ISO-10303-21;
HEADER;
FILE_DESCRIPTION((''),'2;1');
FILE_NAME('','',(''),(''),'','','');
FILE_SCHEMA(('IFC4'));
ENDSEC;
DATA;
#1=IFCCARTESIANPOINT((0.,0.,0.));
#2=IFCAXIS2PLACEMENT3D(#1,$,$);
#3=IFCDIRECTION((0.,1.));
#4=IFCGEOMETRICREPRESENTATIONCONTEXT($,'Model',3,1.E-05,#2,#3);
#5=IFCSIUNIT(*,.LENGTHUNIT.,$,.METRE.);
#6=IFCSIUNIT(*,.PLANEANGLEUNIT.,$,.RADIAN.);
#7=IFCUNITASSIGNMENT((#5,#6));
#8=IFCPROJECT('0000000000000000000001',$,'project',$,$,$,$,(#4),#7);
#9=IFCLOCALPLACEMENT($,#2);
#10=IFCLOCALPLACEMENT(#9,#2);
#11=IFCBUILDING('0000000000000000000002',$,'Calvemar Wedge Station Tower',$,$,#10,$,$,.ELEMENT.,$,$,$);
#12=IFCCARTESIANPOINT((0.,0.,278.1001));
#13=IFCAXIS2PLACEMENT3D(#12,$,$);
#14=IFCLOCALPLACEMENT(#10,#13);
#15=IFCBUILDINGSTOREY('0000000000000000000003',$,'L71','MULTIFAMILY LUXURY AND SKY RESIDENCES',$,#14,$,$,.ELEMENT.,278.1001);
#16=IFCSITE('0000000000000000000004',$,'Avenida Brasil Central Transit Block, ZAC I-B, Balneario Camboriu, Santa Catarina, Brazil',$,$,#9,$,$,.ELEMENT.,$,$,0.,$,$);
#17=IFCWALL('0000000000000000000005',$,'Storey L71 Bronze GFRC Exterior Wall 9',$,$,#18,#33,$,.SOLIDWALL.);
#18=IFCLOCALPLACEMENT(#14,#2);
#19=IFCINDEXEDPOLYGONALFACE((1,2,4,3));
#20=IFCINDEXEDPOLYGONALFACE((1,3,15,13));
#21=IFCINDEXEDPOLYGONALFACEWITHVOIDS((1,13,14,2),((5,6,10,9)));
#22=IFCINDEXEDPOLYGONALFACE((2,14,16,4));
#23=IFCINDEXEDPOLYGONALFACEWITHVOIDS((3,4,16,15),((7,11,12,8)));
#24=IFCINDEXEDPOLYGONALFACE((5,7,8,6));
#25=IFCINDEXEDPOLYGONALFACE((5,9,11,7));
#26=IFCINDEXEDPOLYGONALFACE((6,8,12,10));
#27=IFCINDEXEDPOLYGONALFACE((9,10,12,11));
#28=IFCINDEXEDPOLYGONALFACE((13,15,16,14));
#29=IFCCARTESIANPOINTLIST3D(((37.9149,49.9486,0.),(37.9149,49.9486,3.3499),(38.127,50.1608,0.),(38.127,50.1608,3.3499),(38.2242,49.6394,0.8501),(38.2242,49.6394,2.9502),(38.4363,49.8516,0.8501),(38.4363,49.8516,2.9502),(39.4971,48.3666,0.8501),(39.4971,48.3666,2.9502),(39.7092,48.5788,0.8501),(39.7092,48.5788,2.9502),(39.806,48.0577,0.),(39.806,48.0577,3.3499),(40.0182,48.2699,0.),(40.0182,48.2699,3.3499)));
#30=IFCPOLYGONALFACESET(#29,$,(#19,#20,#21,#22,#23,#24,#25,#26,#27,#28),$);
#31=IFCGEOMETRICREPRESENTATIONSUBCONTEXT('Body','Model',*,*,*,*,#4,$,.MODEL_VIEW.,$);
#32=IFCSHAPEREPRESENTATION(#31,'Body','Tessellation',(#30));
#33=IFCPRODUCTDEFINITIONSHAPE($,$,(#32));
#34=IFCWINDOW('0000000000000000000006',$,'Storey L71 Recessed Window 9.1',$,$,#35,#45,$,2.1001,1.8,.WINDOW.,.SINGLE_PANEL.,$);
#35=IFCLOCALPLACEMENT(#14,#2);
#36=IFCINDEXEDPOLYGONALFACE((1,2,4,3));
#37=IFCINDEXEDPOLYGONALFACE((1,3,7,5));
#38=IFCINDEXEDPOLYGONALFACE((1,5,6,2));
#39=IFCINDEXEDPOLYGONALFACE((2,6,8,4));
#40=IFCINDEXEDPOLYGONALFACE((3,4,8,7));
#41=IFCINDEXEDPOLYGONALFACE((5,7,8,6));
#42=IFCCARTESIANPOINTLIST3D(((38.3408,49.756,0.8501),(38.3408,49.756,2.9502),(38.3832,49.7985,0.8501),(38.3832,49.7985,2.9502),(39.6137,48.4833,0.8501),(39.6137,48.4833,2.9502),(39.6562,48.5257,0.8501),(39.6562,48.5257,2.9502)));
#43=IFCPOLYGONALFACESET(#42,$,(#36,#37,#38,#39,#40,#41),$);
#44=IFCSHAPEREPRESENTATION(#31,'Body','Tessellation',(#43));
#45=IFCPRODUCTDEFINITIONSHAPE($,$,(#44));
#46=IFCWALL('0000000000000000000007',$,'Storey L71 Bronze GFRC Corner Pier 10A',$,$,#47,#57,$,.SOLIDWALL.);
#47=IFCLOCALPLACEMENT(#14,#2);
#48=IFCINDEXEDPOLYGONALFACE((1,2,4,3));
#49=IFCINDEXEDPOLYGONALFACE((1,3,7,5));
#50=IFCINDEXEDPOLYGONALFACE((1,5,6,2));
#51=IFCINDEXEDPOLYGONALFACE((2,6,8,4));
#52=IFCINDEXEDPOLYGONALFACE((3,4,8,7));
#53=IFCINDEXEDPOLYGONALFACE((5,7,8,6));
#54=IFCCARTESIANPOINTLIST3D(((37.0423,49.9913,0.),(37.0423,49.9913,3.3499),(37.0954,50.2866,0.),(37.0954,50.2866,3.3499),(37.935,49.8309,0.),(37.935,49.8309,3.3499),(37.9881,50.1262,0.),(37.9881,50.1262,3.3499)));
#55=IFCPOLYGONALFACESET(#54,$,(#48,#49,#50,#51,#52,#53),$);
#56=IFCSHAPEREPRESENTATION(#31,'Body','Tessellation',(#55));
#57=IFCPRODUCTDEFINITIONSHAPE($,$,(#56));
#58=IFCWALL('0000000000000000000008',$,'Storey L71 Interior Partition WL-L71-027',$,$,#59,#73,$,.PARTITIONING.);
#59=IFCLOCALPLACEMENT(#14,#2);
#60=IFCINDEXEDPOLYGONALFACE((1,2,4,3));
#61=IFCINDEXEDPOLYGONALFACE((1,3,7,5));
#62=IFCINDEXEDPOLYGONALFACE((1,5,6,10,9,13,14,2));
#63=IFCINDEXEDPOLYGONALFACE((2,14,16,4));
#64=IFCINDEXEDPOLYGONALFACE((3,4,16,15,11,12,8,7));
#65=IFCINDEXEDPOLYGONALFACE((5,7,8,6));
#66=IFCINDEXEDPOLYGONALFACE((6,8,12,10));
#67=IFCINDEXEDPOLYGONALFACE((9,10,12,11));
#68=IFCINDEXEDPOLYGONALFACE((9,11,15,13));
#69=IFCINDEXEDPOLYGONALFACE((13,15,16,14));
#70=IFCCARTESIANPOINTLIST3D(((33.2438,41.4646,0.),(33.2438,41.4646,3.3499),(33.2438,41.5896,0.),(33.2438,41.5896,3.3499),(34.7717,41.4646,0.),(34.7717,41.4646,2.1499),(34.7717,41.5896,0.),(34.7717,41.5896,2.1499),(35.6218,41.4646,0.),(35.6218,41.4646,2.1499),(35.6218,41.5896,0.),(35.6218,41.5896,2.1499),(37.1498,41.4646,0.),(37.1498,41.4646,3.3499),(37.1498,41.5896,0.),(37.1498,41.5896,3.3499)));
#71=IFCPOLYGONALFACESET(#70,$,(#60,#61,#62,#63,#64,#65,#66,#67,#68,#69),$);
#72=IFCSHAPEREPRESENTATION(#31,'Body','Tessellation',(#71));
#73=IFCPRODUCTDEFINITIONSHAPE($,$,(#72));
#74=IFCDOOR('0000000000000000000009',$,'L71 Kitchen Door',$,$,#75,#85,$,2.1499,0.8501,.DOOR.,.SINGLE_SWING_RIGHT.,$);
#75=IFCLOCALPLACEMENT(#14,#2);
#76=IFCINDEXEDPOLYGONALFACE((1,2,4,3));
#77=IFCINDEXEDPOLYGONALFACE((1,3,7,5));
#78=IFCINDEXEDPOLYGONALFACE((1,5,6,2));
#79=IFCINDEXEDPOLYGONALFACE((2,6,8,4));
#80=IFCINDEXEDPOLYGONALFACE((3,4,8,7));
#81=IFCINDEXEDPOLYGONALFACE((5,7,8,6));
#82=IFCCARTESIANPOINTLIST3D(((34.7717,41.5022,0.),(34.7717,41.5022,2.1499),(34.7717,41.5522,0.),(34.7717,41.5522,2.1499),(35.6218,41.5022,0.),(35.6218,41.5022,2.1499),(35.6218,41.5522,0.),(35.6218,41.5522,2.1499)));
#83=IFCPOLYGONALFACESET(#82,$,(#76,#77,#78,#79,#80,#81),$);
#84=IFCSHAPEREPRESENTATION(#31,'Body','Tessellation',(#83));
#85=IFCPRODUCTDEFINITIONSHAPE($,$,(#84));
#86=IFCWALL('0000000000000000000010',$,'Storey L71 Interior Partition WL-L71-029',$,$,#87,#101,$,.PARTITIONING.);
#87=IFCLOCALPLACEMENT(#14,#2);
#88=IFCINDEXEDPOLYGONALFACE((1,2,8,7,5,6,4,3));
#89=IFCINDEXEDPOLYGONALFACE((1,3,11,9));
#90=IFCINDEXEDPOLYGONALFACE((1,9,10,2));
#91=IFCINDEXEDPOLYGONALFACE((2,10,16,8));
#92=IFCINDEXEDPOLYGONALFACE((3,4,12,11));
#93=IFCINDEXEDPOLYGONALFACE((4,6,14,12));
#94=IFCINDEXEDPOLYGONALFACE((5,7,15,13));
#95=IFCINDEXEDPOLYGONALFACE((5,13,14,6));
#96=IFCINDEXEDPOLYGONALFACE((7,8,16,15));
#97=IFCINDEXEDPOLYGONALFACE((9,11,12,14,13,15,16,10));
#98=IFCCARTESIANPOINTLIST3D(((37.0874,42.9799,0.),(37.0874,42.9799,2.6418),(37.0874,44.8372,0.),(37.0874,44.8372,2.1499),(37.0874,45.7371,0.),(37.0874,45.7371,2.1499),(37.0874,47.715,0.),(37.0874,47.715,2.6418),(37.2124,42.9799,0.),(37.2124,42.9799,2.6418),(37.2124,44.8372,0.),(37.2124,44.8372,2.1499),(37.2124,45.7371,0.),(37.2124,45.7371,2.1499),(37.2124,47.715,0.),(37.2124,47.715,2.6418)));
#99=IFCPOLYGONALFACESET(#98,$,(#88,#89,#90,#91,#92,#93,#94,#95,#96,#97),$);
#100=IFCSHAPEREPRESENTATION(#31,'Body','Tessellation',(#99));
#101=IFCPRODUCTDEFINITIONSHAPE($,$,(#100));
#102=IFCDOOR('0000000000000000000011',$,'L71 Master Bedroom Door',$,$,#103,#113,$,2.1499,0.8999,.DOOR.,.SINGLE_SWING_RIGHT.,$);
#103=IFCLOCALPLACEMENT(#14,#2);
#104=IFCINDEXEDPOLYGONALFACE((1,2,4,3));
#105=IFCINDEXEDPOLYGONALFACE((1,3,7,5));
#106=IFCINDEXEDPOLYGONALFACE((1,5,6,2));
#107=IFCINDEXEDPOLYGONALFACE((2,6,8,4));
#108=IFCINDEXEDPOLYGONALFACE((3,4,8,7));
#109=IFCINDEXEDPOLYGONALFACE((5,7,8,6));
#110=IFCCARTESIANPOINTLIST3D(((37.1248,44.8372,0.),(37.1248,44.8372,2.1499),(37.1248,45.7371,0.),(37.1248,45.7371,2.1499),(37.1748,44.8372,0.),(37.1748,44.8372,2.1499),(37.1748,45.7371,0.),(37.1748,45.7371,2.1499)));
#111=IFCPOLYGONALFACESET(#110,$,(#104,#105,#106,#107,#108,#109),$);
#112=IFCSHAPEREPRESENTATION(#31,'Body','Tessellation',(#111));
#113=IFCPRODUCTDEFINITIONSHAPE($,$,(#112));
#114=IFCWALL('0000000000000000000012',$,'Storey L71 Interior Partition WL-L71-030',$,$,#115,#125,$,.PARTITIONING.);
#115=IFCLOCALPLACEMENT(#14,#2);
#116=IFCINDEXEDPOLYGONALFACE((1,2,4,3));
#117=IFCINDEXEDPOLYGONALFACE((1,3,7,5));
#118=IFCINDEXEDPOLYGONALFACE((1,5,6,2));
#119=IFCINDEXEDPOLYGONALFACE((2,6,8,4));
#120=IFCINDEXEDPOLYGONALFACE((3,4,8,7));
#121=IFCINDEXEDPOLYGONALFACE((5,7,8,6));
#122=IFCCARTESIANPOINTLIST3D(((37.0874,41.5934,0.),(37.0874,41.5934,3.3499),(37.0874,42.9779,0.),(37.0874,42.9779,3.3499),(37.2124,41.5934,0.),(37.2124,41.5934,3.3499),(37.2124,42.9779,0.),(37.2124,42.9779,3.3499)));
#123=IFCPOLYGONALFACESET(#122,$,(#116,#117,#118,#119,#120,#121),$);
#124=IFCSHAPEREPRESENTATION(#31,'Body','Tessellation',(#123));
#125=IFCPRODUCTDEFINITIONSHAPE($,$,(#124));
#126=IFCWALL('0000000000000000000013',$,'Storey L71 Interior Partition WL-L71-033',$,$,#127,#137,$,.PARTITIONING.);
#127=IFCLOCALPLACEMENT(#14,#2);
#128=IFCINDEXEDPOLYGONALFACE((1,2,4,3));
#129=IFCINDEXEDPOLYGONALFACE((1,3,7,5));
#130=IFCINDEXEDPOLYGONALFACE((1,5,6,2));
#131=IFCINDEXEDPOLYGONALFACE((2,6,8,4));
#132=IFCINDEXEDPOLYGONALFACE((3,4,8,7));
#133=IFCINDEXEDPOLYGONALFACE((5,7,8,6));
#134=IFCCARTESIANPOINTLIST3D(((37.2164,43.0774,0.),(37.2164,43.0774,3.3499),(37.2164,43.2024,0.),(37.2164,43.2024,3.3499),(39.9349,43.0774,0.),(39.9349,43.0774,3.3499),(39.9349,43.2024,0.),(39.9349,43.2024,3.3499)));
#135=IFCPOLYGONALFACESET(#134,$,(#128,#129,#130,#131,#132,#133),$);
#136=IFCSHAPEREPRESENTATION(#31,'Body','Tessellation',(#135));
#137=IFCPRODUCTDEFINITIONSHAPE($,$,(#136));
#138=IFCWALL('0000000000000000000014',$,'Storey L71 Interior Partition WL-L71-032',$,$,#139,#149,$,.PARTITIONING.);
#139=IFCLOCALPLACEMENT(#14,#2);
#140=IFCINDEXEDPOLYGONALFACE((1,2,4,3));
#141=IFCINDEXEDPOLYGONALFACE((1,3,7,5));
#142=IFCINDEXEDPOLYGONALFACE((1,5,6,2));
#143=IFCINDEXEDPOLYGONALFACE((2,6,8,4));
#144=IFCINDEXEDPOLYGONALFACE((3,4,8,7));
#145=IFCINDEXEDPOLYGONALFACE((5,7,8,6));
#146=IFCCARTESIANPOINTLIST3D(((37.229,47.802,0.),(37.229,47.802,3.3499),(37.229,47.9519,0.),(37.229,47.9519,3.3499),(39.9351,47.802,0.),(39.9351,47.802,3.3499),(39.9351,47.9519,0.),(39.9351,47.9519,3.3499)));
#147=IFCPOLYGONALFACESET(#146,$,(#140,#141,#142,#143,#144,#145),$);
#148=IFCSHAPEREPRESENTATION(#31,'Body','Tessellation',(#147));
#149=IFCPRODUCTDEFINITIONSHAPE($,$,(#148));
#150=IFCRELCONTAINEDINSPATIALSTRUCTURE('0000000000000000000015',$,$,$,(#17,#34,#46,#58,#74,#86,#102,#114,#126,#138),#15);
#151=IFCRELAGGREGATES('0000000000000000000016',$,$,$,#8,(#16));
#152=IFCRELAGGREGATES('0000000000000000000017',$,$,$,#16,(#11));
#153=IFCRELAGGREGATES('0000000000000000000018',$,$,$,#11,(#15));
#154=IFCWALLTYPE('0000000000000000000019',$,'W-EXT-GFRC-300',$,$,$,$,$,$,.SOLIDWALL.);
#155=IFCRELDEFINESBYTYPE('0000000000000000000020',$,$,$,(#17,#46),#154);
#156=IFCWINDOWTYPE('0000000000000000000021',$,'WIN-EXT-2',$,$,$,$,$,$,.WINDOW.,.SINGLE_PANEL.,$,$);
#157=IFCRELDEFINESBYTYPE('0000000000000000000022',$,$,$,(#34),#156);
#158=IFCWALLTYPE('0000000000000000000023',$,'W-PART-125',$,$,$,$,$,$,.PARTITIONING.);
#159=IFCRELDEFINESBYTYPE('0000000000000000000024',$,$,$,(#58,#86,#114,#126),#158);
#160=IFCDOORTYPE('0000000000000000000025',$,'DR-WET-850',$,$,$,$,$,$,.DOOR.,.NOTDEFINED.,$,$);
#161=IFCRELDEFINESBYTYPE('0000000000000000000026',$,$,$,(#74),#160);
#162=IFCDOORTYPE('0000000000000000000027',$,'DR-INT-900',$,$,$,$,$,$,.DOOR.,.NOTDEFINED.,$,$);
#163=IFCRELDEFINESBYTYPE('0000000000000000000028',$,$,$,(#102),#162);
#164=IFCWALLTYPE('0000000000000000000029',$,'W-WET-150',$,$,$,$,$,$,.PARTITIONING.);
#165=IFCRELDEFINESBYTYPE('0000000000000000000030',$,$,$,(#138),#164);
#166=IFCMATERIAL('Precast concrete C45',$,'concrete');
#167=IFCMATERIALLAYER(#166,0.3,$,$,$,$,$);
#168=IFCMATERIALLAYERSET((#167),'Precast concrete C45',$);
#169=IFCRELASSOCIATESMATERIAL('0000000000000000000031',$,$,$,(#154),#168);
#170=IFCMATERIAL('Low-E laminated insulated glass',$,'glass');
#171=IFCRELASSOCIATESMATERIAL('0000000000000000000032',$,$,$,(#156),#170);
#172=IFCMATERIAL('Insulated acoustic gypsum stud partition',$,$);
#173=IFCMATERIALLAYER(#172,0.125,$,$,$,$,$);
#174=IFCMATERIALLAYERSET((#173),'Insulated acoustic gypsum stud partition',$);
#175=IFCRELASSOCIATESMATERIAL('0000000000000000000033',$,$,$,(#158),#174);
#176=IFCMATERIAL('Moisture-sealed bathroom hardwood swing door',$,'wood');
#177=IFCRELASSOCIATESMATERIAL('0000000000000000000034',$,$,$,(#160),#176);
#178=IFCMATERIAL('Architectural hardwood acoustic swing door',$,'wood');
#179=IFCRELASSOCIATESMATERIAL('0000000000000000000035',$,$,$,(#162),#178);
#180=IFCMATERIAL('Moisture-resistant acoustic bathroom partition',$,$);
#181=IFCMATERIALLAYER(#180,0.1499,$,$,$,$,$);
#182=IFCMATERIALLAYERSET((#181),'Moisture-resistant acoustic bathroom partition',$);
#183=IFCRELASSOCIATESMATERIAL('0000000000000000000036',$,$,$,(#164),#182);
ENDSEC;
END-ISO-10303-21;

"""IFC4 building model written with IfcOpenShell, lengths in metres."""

from ifc_helpers import new_model, si_unit, direction, frame, frame_2d, origin, place, context, subcontext, project, spatial, rectangle, extrude, source, transform, mapped, material, layer, layer_set, type_object, element, fill, save


model = new_model("IFC4")

# Units and contexts
model_context = context("Model", 3, precision=1e-05, world=origin(), true_north=direction((0.0, 1.0)))
body_context = subcontext(model_context, "Body", "Model", "MODEL_VIEW")
ifc_project = project(units=[si_unit("LENGTHUNIT", "METRE"), si_unit("PLANEANGLEUNIT", "RADIAN")], contexts=[model_context])

# Site, building, storey
site_placement = place(None, origin())
site = spatial("IfcSite", under=ifc_project, at=site_placement, Name="Avenida Brasil Central Transit Block, ZAC I-B, Balneario Camboriu, Santa Catarina, Brazil", CompositionType="ELEMENT", RefElevation=0.0)
building_placement = place(site_placement, origin())
building = spatial("IfcBuilding", under=site, at=building_placement, Name="Calvemar Wedge Station Tower", CompositionType="ELEMENT")
storey_placement = place(building_placement, frame((0.0, 0.0, 278.1001)))
storey = spatial("IfcBuildingStorey", under=building, at=storey_placement, Name="L71", Description="MULTIFAMILY LUXURY AND SKY RESIDENCES", CompositionType="ELEMENT", Elevation=278.1001)

# Shared definitions
ifc_material_1 = material(Name="Low-E laminated insulated glass", Category="glass")

# Wall, opening, window
ifc_material_2 = material(Name="Precast concrete C45", Category="concrete")
ifc_layer_1 = layer(ifc_material_2, 0.3)
ifc_layer_set_1 = layer_set([ifc_layer_1], Name="Precast concrete C45")
wall_type_1 = type_object("IfcWallType", Name="W-EXT-GFRC-300", PredefinedType="SOLIDWALL", material=ifc_layer_set_1)
wall_1_placement = place(storey_placement, frame((39.9121, 48.1638, 0.0), z_axis=(0.0, 0.0, 1.0), x_axis=(-0.707152, 0.707061, 0.0)))
wall_1 = element("IfcWall", 1, at=wall_1_placement, inside=storey, type_object=wall_type_1, Name="Storey L71 Bronze GFRC Exterior Wall 9", PredefinedType="SOLIDWALL", context=body_context, shape_type="SweptSolid", body=[
    extrude(rectangle(XDim=2.6743, YDim=0.3, at=frame_2d((1.3372, 0.0))), origin(), (0.0, 0.0, 1.0), 3.3499),
])
shared_shape_1 = source(origin(), body_context, "Body", "SweptSolid", [
    extrude(rectangle(XDim=1.8, YDim=2.1001, at=frame_2d((0.8999, 1.05))), frame((0.0, 0.1602, 0.0), z_axis=(0.0, -1.0, 0.0), x_axis=(1.0, 0.0, 0.0)), (0.0, 0.0, 1.0), 0.3201),
])
opening_1_placement = place(wall_1_placement, frame((0.437, 0.0, 0.8501)))
opening_1 = element("IfcOpeningElement", 2, at=opening_1_placement, cuts=wall_1, PredefinedType="OPENING", context=body_context, shape_type="MappedRepresentation", body=[
    mapped(shared_shape_1, transform((0.0, 0.0, 0.0), scale=1.0)),
])
window_type = type_object("IfcWindowType", Name="WIN-EXT-2", PartitioningType="SINGLE_PANEL", PredefinedType="WINDOW", material=ifc_material_1)
shared_shape_2 = source(origin(), body_context, "Body", "SweptSolid", [
    extrude(rectangle(XDim=1.8, YDim=2.1001, at=frame_2d((0.8999, 1.05))), frame((0.0, -0.0149, 0.0), z_axis=(0.0, -1.0, 0.0), x_axis=(1.0, 0.0, 0.0)), (0.0, 0.0, 1.0), 0.0601),
])
window_placement = place(opening_1_placement, origin())
window = element("IfcWindow", 3, at=window_placement, inside=storey, type_object=window_type, Name="Storey L71 Recessed Window 9.1", OverallHeight=2.1001, OverallWidth=1.8, PartitioningType="SINGLE_PANEL", PredefinedType="WINDOW", context=body_context, shape_type="MappedRepresentation", body=[
    mapped(shared_shape_2, transform((0.0, 0.0, 0.0), scale=1.0)),
])
fill(opening_1, window)

# Wall
wall_2_placement = place(storey_placement, frame((37.9617, 49.9785, 0.0), z_axis=(0.0, 0.0, 1.0), x_axis=(-0.984234, 0.176871, 0.0)))
element("IfcWall", 4, at=wall_2_placement, inside=storey, type_object=wall_type_1, Name="Storey L71 Bronze GFRC Corner Pier 10A", PredefinedType="SOLIDWALL", context=body_context, shape_type="SweptSolid", body=[
    extrude(rectangle(XDim=0.907, YDim=0.3, at=frame_2d((0.4536, 0.0))), origin(), (0.0, 0.0, 1.0), 3.3499),
])

# Walls, openings, doors
ifc_material_3 = material(Name="Insulated acoustic gypsum stud partition")
ifc_layer_2 = layer(ifc_material_3, 0.125)
ifc_layer_set_2 = layer_set([ifc_layer_2], Name="Insulated acoustic gypsum stud partition")
wall_type_2 = type_object("IfcWallType", Name="W-PART-125", PredefinedType="PARTITIONING", material=ifc_layer_set_2)
wall_3_placement = place(storey_placement, frame((37.1499, 41.5271, 0.0), z_axis=(0.0, 0.0, 1.0), x_axis=(-1.0, 0.0, 0.0)))
wall_3 = element("IfcWall", 5, at=wall_3_placement, inside=storey, type_object=wall_type_2, Name="Storey L71 Interior Partition WL-L71-027", PredefinedType="PARTITIONING", context=body_context, shape_type="SweptSolid", body=[
    extrude(rectangle(XDim=3.906, YDim=0.125, at=frame_2d((1.9531, 0.0))), origin(), (0.0, 0.0, 1.0), 3.3499),
])
shared_shape_3 = source(origin(), body_context, "Body", "SweptSolid", [
    extrude(rectangle(XDim=0.8501, YDim=2.1499, at=frame_2d((0.425, 1.075))), frame((0.0, 0.0725, 0.0), z_axis=(0.0, -1.0, 0.0), x_axis=(1.0, 0.0, 0.0)), (0.0, 0.0, 1.0), 0.145),
])
opening_2_placement = place(wall_3_placement, frame((1.5281, 0.0, 0.0)))
opening_2 = element("IfcOpeningElement", 6, at=opening_2_placement, cuts=wall_3, PredefinedType="OPENING", context=body_context, shape_type="MappedRepresentation", body=[
    mapped(shared_shape_3, transform((0.0, 0.0, 0.0), scale=1.0)),
])
ifc_material_4 = material(Name="Moisture-sealed bathroom hardwood swing door", Category="wood")
door_type_1 = type_object("IfcDoorType", Name="DR-WET-850", OperationType="NOTDEFINED", PredefinedType="DOOR", material=ifc_material_4)
shared_shape_4 = source(origin(), body_context, "Body", "SweptSolid", [
    extrude(rectangle(XDim=0.8501, YDim=2.1499, at=frame_2d((0.425, 1.075))), frame((0.0, 0.0249, 0.0), z_axis=(0.0, -1.0, 0.0), x_axis=(1.0, 0.0, 0.0)), (0.0, 0.0, 1.0), 0.05),
])
door_1_placement = place(opening_2_placement, origin())
door_1 = element("IfcDoor", 7, at=door_1_placement, inside=storey, type_object=door_type_1, Name="L71 Kitchen Door", OperationType="SINGLE_SWING_RIGHT", OverallHeight=2.1499, OverallWidth=0.8501, PredefinedType="DOOR", context=body_context, shape_type="MappedRepresentation", body=[
    mapped(shared_shape_4, transform((0.0, 0.0, 0.0), scale=1.0)),
])
fill(opening_2, door_1)
wall_4_placement = place(storey_placement, frame((37.1499, 47.7151, 0.0), z_axis=(0.0, 0.0, 1.0), x_axis=(0.0, -1.0, 0.0)))
wall_4 = element("IfcWall", 8, at=wall_4_placement, inside=storey, type_object=wall_type_2, Name="Storey L71 Interior Partition WL-L71-029", PredefinedType="PARTITIONING", context=body_context, shape_type="SweptSolid", body=[
    extrude(rectangle(XDim=4.7351, YDim=0.125, at=frame_2d((2.3677, 0.0))), origin(), (0.0, 0.0, 1.0), 2.6418),
])
shared_shape_5 = source(origin(), body_context, "Body", "SweptSolid", [
    extrude(rectangle(XDim=0.8999, YDim=2.1499, at=frame_2d((0.45, 1.075))), frame((0.0, 0.0725, 0.0), z_axis=(0.0, -1.0, 0.0), x_axis=(1.0, 0.0, 0.0)), (0.0, 0.0, 1.0), 0.145),
])
opening_3_placement = place(wall_4_placement, frame((1.978, 0.0, 0.0)))
opening_3 = element("IfcOpeningElement", 9, at=opening_3_placement, cuts=wall_4, PredefinedType="OPENING", context=body_context, shape_type="MappedRepresentation", body=[
    mapped(shared_shape_5, transform((0.0, 0.0, 0.0), scale=1.0)),
])
ifc_material_5 = material(Name="Architectural hardwood acoustic swing door", Category="wood")
door_type_2 = type_object("IfcDoorType", Name="DR-INT-900", OperationType="NOTDEFINED", PredefinedType="DOOR", material=ifc_material_5)
shared_shape_6 = source(origin(), body_context, "Body", "SweptSolid", [
    extrude(rectangle(XDim=0.8999, YDim=2.1499, at=frame_2d((0.45, 1.075))), frame((0.0, 0.0249, 0.0), z_axis=(0.0, -1.0, 0.0), x_axis=(1.0, 0.0, 0.0)), (0.0, 0.0, 1.0), 0.05),
])
door_2_placement = place(opening_3_placement, origin())
door_2 = element("IfcDoor", 10, at=door_2_placement, inside=storey, type_object=door_type_2, Name="L71 Master Bedroom Door", OperationType="SINGLE_SWING_RIGHT", OverallHeight=2.1499, OverallWidth=0.8999, PredefinedType="DOOR", context=body_context, shape_type="MappedRepresentation", body=[
    mapped(shared_shape_6, transform((0.0, 0.0, 0.0), scale=1.0)),
])
fill(opening_3, door_2)

# Wall
wall_5_placement = place(storey_placement, frame((37.1499, 42.978, 0.0), z_axis=(0.0, 0.0, 1.0), x_axis=(0.0, -1.0, 0.0)))
element("IfcWall", 11, at=wall_5_placement, inside=storey, type_object=wall_type_2, Name="Storey L71 Interior Partition WL-L71-030", PredefinedType="PARTITIONING", context=body_context, shape_type="SweptSolid", body=[
    extrude(rectangle(XDim=1.3845, YDim=0.125, at=frame_2d((0.6924, 0.0))), origin(), (0.0, 0.0, 1.0), 3.3499),
])

# Wall
wall_6_placement = place(storey_placement, frame((39.9351, 43.1399, 0.0), z_axis=(0.0, 0.0, 1.0), x_axis=(-1.0, 0.0, 0.0)))
element("IfcWall", 12, at=wall_6_placement, inside=storey, type_object=wall_type_2, Name="Storey L71 Interior Partition WL-L71-033", PredefinedType="PARTITIONING", context=body_context, shape_type="SweptSolid", body=[
    extrude(rectangle(XDim=2.7185, YDim=0.125, at=frame_2d((1.3594, 0.0))), origin(), (0.0, 0.0, 1.0), 3.3499),
])

# Shared definitions
ifc_material_6 = material(Name="Moisture-resistant acoustic bathroom partition")
ifc_layer_3 = layer(ifc_material_6, 0.1499)
ifc_layer_set_3 = layer_set([ifc_layer_3], Name="Moisture-resistant acoustic bathroom partition")
wall_type_3 = type_object("IfcWallType", Name="W-WET-150", PredefinedType="PARTITIONING", material=ifc_layer_set_3)

# Wall
wall_7_placement = place(storey_placement, frame((39.9351, 47.877, 0.0), z_axis=(0.0, 0.0, 1.0), x_axis=(-1.0, 0.0, 0.0)))
element("IfcWall", 13, at=wall_7_placement, inside=storey, type_object=wall_type_3, Name="Storey L71 Interior Partition WL-L71-032", PredefinedType="PARTITIONING", context=body_context, shape_type="SweptSolid", body=[
    extrude(rectangle(XDim=2.7061, YDim=0.1499, at=frame_2d((1.353, 0.0))), origin(), (0.0, 0.0, 1.0), 3.3499),
])

save(model, "model.ifc")
